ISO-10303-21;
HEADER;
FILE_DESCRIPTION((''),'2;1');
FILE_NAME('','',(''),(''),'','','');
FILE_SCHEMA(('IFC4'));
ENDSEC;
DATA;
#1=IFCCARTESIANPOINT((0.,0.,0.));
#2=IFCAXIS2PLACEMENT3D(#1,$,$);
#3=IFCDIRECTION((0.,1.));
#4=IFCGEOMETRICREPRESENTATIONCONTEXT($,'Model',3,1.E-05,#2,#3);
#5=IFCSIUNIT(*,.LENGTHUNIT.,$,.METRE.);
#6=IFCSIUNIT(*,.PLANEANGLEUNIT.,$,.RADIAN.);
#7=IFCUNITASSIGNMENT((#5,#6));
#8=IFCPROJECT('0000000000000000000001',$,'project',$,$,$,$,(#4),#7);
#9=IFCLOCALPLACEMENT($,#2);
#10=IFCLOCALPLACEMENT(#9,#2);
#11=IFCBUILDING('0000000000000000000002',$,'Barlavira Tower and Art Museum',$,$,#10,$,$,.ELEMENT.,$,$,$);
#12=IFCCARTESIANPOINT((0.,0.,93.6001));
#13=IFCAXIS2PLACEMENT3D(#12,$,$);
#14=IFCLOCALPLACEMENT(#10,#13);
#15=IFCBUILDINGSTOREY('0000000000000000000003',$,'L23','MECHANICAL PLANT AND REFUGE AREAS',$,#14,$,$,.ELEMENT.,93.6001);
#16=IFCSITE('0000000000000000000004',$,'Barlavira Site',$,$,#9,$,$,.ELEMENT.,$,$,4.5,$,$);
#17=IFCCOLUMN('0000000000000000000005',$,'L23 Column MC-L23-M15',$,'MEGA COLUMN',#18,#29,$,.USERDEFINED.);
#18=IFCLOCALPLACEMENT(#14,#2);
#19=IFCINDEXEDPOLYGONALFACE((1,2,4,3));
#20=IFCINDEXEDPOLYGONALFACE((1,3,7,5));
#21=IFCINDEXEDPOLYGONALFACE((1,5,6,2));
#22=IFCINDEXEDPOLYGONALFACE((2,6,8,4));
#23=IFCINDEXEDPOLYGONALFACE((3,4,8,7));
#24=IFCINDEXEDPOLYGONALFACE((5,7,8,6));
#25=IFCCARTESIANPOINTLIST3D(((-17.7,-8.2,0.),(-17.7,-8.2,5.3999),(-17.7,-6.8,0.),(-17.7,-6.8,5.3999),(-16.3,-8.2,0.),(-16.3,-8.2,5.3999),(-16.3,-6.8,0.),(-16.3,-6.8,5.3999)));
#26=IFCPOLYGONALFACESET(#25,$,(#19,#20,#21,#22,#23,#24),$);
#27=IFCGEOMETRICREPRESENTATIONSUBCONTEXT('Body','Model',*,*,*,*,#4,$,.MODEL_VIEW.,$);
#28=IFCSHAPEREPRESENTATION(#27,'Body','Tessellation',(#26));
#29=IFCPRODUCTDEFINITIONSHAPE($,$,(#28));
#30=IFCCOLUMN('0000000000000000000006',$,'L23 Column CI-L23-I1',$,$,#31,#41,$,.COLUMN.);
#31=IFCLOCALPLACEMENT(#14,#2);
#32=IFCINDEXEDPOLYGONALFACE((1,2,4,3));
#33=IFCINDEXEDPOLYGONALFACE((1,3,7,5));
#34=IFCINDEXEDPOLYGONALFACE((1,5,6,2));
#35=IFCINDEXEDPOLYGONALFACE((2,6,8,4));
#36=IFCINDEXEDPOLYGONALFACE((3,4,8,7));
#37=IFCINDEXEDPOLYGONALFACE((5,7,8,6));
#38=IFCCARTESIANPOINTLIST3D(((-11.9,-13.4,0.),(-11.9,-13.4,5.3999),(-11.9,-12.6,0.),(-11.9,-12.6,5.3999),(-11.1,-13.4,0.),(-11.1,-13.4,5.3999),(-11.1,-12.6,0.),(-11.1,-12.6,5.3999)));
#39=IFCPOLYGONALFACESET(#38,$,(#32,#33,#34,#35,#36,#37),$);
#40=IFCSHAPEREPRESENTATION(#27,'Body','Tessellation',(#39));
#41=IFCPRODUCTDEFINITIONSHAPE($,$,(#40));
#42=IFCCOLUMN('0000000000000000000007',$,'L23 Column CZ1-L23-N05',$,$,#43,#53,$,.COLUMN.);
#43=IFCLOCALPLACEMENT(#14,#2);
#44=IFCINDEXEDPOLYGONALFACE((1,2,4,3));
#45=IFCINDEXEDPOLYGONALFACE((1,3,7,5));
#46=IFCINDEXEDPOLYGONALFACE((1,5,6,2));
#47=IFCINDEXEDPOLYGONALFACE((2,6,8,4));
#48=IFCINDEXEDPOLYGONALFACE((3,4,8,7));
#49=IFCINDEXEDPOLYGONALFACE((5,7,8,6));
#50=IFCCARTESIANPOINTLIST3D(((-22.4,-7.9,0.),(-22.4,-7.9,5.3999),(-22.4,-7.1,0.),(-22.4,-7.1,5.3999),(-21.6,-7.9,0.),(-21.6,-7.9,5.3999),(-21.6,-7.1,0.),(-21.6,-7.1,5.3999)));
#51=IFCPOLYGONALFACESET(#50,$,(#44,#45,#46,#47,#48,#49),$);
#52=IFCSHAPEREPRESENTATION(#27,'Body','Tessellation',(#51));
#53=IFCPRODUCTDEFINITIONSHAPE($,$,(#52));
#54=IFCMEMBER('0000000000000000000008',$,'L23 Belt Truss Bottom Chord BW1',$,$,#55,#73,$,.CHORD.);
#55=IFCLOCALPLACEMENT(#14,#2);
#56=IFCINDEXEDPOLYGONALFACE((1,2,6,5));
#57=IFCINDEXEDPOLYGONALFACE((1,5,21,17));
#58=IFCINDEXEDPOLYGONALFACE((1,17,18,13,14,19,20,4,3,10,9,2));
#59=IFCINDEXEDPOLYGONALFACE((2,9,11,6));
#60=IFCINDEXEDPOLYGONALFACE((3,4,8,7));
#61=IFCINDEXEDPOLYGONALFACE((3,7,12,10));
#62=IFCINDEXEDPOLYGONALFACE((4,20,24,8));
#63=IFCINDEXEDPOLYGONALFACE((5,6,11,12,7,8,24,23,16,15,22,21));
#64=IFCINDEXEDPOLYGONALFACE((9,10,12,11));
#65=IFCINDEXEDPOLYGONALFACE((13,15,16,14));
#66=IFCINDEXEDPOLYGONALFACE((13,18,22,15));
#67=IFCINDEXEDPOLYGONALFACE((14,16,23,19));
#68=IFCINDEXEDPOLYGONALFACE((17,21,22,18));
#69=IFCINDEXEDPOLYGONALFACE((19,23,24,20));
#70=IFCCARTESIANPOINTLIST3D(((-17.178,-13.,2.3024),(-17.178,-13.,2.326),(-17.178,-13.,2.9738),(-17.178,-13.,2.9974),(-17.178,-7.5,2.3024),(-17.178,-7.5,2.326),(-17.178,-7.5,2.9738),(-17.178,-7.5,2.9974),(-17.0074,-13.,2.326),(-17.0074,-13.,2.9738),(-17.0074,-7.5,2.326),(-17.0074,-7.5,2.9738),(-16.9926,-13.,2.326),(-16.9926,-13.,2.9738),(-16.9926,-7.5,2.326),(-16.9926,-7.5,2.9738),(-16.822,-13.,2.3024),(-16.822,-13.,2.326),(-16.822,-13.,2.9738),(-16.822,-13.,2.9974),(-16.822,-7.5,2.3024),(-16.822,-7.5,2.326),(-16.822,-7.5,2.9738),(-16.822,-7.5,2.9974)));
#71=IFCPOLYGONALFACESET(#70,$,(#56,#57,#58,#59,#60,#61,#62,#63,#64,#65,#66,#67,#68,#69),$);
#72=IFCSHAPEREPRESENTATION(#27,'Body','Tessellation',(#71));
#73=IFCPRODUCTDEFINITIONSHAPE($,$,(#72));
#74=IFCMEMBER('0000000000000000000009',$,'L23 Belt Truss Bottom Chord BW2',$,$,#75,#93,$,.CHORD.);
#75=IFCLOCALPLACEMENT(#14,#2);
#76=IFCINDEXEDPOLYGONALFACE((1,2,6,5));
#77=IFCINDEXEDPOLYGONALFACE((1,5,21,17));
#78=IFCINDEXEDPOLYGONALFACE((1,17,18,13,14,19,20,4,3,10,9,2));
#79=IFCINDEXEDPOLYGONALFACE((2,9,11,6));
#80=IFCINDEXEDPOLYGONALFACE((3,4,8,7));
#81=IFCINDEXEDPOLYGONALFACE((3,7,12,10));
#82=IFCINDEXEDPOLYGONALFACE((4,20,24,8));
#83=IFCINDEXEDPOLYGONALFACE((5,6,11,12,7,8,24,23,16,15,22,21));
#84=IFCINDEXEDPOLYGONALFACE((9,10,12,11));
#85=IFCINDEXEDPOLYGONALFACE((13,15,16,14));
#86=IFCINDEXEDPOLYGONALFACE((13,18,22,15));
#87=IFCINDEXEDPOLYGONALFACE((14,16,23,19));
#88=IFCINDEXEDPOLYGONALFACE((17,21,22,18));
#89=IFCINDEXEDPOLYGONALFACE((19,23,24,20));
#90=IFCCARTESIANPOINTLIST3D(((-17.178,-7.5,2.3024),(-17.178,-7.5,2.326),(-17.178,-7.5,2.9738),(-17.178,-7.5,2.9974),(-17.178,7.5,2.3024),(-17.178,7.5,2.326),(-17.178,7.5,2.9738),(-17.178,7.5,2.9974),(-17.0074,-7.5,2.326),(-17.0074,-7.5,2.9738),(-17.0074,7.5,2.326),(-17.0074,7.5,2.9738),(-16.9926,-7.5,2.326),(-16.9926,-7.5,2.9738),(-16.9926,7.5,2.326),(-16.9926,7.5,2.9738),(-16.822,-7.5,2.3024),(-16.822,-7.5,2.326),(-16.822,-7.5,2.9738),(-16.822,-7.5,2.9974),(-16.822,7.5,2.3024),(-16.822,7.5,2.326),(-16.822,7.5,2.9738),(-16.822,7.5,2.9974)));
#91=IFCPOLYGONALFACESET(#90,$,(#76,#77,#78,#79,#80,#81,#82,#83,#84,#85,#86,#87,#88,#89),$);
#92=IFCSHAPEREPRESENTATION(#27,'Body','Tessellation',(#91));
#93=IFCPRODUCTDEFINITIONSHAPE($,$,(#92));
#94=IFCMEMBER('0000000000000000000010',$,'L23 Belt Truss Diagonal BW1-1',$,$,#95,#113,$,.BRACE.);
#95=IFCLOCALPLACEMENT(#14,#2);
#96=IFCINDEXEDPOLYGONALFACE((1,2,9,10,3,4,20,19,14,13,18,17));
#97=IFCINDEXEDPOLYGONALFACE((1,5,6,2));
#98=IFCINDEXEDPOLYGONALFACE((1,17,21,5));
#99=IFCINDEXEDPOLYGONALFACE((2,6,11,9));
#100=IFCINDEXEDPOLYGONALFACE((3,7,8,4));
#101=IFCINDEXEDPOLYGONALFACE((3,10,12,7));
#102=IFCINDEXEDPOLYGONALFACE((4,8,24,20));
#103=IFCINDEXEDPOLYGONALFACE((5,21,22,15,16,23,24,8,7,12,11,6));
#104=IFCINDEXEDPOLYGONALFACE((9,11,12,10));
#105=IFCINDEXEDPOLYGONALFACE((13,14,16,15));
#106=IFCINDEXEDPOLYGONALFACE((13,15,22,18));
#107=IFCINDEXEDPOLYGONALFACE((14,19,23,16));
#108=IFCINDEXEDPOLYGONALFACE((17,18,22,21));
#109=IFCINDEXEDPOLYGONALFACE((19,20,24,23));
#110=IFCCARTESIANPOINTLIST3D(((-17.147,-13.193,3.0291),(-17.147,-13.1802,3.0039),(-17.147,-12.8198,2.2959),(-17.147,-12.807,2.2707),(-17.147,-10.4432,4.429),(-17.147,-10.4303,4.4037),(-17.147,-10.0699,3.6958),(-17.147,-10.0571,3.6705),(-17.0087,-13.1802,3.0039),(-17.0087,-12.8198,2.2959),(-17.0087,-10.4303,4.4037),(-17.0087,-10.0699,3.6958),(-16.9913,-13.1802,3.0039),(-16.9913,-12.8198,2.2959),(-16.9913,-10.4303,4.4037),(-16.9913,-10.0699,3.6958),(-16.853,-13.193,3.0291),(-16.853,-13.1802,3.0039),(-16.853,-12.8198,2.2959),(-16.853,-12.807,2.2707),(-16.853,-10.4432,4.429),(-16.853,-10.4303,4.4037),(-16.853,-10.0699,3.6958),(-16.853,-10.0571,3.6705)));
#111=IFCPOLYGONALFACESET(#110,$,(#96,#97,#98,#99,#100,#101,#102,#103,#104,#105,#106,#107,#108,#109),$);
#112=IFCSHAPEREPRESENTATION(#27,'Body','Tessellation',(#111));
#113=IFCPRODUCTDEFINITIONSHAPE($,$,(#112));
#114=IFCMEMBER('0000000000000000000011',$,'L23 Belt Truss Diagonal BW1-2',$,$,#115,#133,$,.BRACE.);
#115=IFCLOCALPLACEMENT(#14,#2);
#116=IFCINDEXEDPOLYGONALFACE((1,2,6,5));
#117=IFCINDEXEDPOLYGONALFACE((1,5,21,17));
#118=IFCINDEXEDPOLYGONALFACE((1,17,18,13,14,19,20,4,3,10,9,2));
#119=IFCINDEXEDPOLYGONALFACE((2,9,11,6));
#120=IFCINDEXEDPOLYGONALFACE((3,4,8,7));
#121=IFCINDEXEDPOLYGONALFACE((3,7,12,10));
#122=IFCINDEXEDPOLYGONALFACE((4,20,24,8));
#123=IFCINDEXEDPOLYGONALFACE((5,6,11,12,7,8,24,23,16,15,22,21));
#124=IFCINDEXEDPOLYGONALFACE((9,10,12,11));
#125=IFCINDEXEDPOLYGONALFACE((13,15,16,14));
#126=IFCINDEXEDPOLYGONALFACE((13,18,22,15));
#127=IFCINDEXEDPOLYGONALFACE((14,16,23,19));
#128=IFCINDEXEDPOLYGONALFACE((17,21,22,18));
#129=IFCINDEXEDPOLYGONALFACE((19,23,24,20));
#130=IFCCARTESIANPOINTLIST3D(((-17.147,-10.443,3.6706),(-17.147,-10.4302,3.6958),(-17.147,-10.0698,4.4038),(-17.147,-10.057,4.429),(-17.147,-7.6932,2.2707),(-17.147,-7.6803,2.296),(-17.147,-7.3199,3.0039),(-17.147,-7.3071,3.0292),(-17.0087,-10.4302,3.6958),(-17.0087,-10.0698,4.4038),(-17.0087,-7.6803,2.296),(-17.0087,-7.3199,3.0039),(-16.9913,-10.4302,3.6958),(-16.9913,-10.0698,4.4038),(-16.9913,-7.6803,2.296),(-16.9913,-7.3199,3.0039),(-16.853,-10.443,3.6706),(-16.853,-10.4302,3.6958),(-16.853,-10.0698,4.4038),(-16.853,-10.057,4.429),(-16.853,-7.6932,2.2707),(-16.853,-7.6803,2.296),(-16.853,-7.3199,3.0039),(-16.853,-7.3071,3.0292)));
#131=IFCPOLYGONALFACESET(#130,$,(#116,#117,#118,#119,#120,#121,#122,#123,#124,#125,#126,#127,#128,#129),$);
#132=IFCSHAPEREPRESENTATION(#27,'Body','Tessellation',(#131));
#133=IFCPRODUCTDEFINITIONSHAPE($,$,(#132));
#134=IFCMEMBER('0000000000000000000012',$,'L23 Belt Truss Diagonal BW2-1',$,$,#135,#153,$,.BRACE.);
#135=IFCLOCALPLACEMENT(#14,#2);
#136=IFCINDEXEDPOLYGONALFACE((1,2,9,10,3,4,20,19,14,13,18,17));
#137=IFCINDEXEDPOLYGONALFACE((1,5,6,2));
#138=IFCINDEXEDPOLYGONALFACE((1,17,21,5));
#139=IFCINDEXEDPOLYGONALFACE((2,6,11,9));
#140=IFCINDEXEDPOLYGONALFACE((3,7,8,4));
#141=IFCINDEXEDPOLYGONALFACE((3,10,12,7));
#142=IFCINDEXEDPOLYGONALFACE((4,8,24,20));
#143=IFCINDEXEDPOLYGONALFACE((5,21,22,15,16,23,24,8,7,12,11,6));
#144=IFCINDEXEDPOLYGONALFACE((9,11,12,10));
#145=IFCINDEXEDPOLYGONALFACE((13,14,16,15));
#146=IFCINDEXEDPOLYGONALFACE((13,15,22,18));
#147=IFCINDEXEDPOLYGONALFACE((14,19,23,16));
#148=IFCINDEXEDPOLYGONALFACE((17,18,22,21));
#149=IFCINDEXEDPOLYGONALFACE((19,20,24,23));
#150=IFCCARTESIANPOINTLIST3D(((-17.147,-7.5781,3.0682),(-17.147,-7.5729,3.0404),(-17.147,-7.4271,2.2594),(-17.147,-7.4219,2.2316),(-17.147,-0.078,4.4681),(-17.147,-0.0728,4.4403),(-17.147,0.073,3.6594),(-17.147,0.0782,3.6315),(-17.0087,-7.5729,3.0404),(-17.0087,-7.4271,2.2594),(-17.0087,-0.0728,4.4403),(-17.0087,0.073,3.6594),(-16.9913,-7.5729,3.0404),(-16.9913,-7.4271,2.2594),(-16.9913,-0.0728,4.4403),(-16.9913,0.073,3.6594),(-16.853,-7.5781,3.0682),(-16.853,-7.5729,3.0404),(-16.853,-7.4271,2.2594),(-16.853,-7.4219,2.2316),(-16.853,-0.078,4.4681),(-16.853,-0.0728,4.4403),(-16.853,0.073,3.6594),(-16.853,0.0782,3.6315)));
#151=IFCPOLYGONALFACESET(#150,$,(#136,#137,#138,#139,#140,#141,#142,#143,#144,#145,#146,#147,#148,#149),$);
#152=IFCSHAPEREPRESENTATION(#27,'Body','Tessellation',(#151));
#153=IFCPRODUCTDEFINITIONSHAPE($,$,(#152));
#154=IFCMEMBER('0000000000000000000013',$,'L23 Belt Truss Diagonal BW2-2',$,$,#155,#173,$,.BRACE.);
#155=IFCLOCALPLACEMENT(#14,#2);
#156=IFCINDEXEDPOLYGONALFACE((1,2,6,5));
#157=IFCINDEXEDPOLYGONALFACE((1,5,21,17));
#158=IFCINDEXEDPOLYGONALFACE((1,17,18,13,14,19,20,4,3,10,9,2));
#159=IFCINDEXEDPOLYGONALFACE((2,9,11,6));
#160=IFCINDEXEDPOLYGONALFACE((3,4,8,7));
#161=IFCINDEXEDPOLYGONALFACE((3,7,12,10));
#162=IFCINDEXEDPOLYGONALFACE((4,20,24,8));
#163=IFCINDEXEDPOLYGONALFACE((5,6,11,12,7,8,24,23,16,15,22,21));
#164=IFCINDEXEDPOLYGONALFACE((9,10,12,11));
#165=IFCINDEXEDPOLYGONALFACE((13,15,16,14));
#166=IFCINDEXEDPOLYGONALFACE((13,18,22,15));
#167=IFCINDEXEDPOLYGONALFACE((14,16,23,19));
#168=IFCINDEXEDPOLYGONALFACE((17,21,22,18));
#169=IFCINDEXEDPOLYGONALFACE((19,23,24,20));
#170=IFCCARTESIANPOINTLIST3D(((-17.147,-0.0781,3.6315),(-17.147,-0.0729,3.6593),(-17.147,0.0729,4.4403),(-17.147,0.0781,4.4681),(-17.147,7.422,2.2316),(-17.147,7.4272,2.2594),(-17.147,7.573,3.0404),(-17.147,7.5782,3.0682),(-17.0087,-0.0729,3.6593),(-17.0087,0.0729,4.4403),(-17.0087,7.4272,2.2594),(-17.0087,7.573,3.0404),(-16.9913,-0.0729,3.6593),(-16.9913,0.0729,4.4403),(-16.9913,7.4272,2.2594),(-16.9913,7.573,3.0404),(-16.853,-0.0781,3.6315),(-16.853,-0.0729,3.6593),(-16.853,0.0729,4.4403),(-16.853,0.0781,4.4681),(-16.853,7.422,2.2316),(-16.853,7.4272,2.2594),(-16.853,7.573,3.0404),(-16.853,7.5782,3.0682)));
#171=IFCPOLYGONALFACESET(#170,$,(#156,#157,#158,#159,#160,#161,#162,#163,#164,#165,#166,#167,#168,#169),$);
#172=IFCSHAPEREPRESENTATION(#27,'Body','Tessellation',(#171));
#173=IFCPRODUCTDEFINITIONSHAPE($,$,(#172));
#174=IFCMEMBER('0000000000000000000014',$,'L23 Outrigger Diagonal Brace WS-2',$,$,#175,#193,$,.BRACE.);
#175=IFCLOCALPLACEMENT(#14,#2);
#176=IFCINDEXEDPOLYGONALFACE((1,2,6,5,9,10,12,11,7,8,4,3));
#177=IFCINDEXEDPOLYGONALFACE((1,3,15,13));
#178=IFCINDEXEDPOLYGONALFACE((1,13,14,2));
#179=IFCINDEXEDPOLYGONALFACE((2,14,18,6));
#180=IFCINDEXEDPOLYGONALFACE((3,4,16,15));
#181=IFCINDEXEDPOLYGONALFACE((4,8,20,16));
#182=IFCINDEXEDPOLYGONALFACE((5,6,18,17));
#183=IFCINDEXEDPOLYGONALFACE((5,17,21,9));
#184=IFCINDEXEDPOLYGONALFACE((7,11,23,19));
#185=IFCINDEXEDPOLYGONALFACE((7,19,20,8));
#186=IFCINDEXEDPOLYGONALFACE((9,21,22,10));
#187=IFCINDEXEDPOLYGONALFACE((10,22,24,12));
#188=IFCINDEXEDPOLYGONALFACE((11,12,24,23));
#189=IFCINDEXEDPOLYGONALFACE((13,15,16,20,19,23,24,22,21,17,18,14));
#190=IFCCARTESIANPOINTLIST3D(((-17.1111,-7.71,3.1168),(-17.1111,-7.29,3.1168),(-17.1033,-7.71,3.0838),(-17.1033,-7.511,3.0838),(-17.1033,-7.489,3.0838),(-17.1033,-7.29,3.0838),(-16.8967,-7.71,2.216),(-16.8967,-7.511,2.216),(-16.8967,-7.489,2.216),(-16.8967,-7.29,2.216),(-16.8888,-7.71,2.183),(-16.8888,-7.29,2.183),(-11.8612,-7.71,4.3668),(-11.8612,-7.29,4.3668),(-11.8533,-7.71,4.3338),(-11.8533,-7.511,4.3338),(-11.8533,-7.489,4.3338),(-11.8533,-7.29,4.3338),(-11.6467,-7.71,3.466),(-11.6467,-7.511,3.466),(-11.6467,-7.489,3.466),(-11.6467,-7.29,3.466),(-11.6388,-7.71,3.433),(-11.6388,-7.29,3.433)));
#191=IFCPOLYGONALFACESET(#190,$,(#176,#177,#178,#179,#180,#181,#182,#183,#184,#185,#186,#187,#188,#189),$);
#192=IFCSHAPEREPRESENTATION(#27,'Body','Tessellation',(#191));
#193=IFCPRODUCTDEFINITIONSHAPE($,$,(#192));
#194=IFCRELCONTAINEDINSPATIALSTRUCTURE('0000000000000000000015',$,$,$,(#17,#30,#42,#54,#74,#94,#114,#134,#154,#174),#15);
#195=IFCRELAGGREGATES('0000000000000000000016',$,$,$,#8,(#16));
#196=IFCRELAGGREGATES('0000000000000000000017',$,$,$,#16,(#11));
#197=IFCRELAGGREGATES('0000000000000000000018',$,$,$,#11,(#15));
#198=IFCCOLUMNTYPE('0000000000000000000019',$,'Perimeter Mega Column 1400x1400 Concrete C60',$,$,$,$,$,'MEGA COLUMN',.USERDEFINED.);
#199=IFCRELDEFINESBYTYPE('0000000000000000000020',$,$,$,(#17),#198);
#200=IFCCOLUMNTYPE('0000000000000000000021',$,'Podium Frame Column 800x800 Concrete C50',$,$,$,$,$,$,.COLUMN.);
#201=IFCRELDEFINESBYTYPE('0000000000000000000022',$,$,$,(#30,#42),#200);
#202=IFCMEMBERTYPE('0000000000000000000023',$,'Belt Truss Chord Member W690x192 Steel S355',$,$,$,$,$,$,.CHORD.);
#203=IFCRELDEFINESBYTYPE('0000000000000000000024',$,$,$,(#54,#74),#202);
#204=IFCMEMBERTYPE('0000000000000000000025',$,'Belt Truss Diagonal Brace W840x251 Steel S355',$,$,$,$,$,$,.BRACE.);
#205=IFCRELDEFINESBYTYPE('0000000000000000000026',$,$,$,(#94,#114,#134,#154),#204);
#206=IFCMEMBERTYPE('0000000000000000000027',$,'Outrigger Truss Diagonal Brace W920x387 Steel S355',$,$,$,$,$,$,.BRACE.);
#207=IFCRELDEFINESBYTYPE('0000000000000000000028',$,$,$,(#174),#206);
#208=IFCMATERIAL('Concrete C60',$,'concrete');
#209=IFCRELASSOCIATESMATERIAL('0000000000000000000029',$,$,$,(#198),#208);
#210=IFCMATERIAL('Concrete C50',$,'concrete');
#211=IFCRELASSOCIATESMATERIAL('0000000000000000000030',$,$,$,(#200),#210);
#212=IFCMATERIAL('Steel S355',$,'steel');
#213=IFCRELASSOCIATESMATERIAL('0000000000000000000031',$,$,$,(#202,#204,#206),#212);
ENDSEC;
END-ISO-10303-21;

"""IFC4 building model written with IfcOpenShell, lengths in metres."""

from ifc_helpers import new_model, si_unit, direction, frame, origin, origin_2d, place, context, subcontext, project, spatial, rectangle, i_section, extrude, material, material_profile, profile_set, type_object, element, save


model = new_model("IFC4")

# Units and contexts
model_context = context("Model", 3, precision=1e-05, world=origin(), true_north=direction((0.0, 1.0)))
body_context = subcontext(model_context, "Body", "Model", "MODEL_VIEW")
ifc_project = project(units=[si_unit("LENGTHUNIT", "METRE"), si_unit("PLANEANGLEUNIT", "RADIAN")], contexts=[model_context])

# Site, building, storey
site_placement = place(None, origin())
site = spatial("IfcSite", under=ifc_project, at=site_placement, Name="Barlavira Site", CompositionType="ELEMENT", RefElevation=4.5)
building_placement = place(site_placement, origin())
building = spatial("IfcBuilding", under=site, at=building_placement, Name="Barlavira Tower and Art Museum", CompositionType="ELEMENT")
storey_placement = place(building_placement, frame((0.0, 0.0, 93.6001)))
storey = spatial("IfcBuildingStorey", under=building, at=storey_placement, Name="L23", Description="MECHANICAL PLANT AND REFUGE AREAS", CompositionType="ELEMENT", Elevation=93.6001)

# Columns
ifc_material_1 = material(Name="Concrete C60", Category="concrete")
ifc_material_profile_1 = material_profile(ifc_material_1, rectangle(XDim=1.3999, YDim=1.3999, at=origin_2d()), Name="RC-MCOL 1400x1400")
ifc_profile_set_1 = profile_set([ifc_material_profile_1], Name="Concrete C60")
column_type_1 = type_object("IfcColumnType", Name="Perimeter Mega Column 1400x1400 Concrete C60", ElementType="MEGA COLUMN", PredefinedType="USERDEFINED", material=ifc_profile_set_1)
column_placement = place(storey_placement, frame((-17.0, -7.5, 0.0), z_axis=(0.0, 0.0, 1.0), x_axis=(1.0, 0.0, 0.0)))
element("IfcColumn", 1, at=column_placement, inside=storey, type_object=column_type_1, Name="L23 Column MC-L23-M15", ObjectType="MEGA COLUMN", PredefinedType="USERDEFINED", context=body_context, shape_type="SweptSolid", body=[
    extrude(rectangle(XDim=1.3999, YDim=1.3999, at=origin_2d()), origin(), (0.0, 0.0, 1.0), 5.3999),
])
ifc_material_2 = material(Name="Concrete C50", Category="concrete")
ifc_material_profile_2 = material_profile(ifc_material_2, rectangle(XDim=0.8, YDim=0.8, at=origin_2d()), Name="RC-COL 800x800")
ifc_profile_set_2 = profile_set([ifc_material_profile_2], Name="Concrete C50")
column_type_2 = type_object("IfcColumnType", Name="Podium Frame Column 800x800 Concrete C50", PredefinedType="COLUMN", material=ifc_profile_set_2)
for number, where, z_axis, x_axis, name in (
    (2, (-11.5, -13.0, 0.0), (0.0, 0.0, 1.0), (1.0, 0.0, 0.0), "L23 Column CI-L23-I1"),
    (3, (-22.0, -7.5, 0.0), (0.0, 0.0, 1.0), (1.0, 0.0, 0.0), "L23 Column CZ1-L23-N05"),
):
    element("IfcColumn", number, at=place(storey_placement, frame(where, z_axis=z_axis, x_axis=x_axis)), inside=storey, type_object=column_type_2, Name=name, PredefinedType="COLUMN", context=body_context, shape_type="SweptSolid", body=[
        extrude(rectangle(XDim=0.8, YDim=0.8, at=origin_2d()), origin(), (0.0, 0.0, 1.0), 5.3999),
    ])

# Members
ifc_material_3 = material(Name="Steel S355", Category="steel")
ifc_material_profile_3 = material_profile(ifc_material_3, i_section(OverallWidth=0.356, OverallDepth=0.6951, WebThickness=0.0149, FlangeThickness=0.0237, at=origin_2d()), Name="W690x192.0")
ifc_profile_set_3 = profile_set([ifc_material_profile_3], Name="Steel S355")
member_type_1 = type_object("IfcMemberType", Name="Belt Truss Chord Member W690x192 Steel S355", PredefinedType="CHORD", material=ifc_profile_set_3)
member_1_placement = place(storey_placement, frame((-17.0, -13.0, 2.6499), z_axis=(0.0, 1.0, 0.0), x_axis=(-1.0, 0.0, 0.0)))
element("IfcMember", 4, at=member_1_placement, inside=storey, type_object=member_type_1, Name="L23 Belt Truss Bottom Chord BW1", PredefinedType="CHORD", context=body_context, shape_type="SweptSolid", body=[
    extrude(i_section(OverallWidth=0.356, OverallDepth=0.6951, WebThickness=0.0149, FlangeThickness=0.0237, at=origin_2d()), origin(), (0.0, 0.0, 1.0), 5.5),
])
member_2_placement = place(storey_placement, frame((-17.0, -7.5, 2.6499), z_axis=(0.0, 1.0, 0.0), x_axis=(-1.0, 0.0, 0.0)))
element("IfcMember", 5, at=member_2_placement, inside=storey, type_object=member_type_1, Name="L23 Belt Truss Bottom Chord BW2", PredefinedType="CHORD", context=body_context, shape_type="SweptSolid", body=[
    extrude(i_section(OverallWidth=0.356, OverallDepth=0.6951, WebThickness=0.0149, FlangeThickness=0.0237, at=origin_2d()), origin(), (0.0, 0.0, 1.0), 15.0),
])
ifc_material_profile_4 = material_profile(ifc_material_3, i_section(OverallWidth=0.2939, OverallDepth=0.8511, WebThickness=0.0173, FlangeThickness=0.0283, at=origin_2d()), Name="W840x251.0")
ifc_profile_set_4 = profile_set([ifc_material_profile_4], Name="Steel S355")
member_type_2 = type_object("IfcMemberType", Name="Belt Truss Diagonal Brace W840x251 Steel S355", PredefinedType="BRACE", material=ifc_profile_set_4)
for number, where, z_axis, x_axis, name in (
    (6, (-17.0, -13.0, 2.6499), (0.0, 0.891176, 0.453658), (-1.0, 0.0, 0.0), "L23 Belt Truss Diagonal BW1-1"),
    (7, (-17.0, -10.25, 4.0498), (0.0, 0.891176, -0.453658), (-1.0, 0.0, 0.0), "L23 Belt Truss Diagonal BW1-2"),
):
    element("IfcMember", number, at=place(storey_placement, frame(where, z_axis=z_axis, x_axis=x_axis)), inside=storey, type_object=member_type_2, Name=name, PredefinedType="BRACE", context=body_context, shape_type="SweptSolid", body=[
        extrude(i_section(OverallWidth=0.2939, OverallDepth=0.8511, WebThickness=0.0173, FlangeThickness=0.0283, at=origin_2d()), origin(), (0.0, 0.0, 1.0), 3.0857),
    ])
for number, where, z_axis, x_axis, name in (
    (8, (-17.0, -7.5, 2.6499), (0.0, 0.983023, 0.183485), (-1.0, 0.0, 0.0), "L23 Belt Truss Diagonal BW2-1"),
    (9, (-17.0, 0.0, 4.0498), (0.0, 0.983023, -0.183485), (-1.0, 0.0, 0.0), "L23 Belt Truss Diagonal BW2-2"),
):
    element("IfcMember", number, at=place(storey_placement, frame(where, z_axis=z_axis, x_axis=x_axis)), inside=storey, type_object=member_type_2, Name=name, PredefinedType="BRACE", context=body_context, shape_type="SweptSolid", body=[
        extrude(i_section(OverallWidth=0.2939, OverallDepth=0.8511, WebThickness=0.0173, FlangeThickness=0.0283, at=origin_2d()), origin(), (0.0, 0.0, 1.0), 7.6296),
    ])
ifc_material_profile_5 = material_profile(ifc_material_3, i_section(OverallWidth=0.4199, OverallDepth=0.96, WebThickness=0.022, FlangeThickness=0.0339, at=origin_2d()), Name="W920x387.0")
ifc_profile_set_5 = profile_set([ifc_material_profile_5], Name="Steel S355")
member_type_3 = type_object("IfcMemberType", Name="Outrigger Truss Diagonal Brace W920x387 Steel S355", PredefinedType="BRACE", material=ifc_profile_set_5)
member_3_placement = place(storey_placement, frame((-11.75, -7.5, 3.8999), z_axis=(-0.972806, 0.0, -0.231621), x_axis=(0.0, -1.0, 0.0)))
element("IfcMember", 10, at=member_3_placement, inside=storey, type_object=member_type_3, Name="L23 Outrigger Diagonal Brace WS-2", PredefinedType="BRACE", context=body_context, shape_type="SweptSolid", body=[
    extrude(i_section(OverallWidth=0.4199, OverallDepth=0.96, WebThickness=0.022, FlangeThickness=0.0339, at=origin_2d()), origin(), (0.0, 0.0, 1.0), 5.3967),
])

save(model, "model.ifc")
